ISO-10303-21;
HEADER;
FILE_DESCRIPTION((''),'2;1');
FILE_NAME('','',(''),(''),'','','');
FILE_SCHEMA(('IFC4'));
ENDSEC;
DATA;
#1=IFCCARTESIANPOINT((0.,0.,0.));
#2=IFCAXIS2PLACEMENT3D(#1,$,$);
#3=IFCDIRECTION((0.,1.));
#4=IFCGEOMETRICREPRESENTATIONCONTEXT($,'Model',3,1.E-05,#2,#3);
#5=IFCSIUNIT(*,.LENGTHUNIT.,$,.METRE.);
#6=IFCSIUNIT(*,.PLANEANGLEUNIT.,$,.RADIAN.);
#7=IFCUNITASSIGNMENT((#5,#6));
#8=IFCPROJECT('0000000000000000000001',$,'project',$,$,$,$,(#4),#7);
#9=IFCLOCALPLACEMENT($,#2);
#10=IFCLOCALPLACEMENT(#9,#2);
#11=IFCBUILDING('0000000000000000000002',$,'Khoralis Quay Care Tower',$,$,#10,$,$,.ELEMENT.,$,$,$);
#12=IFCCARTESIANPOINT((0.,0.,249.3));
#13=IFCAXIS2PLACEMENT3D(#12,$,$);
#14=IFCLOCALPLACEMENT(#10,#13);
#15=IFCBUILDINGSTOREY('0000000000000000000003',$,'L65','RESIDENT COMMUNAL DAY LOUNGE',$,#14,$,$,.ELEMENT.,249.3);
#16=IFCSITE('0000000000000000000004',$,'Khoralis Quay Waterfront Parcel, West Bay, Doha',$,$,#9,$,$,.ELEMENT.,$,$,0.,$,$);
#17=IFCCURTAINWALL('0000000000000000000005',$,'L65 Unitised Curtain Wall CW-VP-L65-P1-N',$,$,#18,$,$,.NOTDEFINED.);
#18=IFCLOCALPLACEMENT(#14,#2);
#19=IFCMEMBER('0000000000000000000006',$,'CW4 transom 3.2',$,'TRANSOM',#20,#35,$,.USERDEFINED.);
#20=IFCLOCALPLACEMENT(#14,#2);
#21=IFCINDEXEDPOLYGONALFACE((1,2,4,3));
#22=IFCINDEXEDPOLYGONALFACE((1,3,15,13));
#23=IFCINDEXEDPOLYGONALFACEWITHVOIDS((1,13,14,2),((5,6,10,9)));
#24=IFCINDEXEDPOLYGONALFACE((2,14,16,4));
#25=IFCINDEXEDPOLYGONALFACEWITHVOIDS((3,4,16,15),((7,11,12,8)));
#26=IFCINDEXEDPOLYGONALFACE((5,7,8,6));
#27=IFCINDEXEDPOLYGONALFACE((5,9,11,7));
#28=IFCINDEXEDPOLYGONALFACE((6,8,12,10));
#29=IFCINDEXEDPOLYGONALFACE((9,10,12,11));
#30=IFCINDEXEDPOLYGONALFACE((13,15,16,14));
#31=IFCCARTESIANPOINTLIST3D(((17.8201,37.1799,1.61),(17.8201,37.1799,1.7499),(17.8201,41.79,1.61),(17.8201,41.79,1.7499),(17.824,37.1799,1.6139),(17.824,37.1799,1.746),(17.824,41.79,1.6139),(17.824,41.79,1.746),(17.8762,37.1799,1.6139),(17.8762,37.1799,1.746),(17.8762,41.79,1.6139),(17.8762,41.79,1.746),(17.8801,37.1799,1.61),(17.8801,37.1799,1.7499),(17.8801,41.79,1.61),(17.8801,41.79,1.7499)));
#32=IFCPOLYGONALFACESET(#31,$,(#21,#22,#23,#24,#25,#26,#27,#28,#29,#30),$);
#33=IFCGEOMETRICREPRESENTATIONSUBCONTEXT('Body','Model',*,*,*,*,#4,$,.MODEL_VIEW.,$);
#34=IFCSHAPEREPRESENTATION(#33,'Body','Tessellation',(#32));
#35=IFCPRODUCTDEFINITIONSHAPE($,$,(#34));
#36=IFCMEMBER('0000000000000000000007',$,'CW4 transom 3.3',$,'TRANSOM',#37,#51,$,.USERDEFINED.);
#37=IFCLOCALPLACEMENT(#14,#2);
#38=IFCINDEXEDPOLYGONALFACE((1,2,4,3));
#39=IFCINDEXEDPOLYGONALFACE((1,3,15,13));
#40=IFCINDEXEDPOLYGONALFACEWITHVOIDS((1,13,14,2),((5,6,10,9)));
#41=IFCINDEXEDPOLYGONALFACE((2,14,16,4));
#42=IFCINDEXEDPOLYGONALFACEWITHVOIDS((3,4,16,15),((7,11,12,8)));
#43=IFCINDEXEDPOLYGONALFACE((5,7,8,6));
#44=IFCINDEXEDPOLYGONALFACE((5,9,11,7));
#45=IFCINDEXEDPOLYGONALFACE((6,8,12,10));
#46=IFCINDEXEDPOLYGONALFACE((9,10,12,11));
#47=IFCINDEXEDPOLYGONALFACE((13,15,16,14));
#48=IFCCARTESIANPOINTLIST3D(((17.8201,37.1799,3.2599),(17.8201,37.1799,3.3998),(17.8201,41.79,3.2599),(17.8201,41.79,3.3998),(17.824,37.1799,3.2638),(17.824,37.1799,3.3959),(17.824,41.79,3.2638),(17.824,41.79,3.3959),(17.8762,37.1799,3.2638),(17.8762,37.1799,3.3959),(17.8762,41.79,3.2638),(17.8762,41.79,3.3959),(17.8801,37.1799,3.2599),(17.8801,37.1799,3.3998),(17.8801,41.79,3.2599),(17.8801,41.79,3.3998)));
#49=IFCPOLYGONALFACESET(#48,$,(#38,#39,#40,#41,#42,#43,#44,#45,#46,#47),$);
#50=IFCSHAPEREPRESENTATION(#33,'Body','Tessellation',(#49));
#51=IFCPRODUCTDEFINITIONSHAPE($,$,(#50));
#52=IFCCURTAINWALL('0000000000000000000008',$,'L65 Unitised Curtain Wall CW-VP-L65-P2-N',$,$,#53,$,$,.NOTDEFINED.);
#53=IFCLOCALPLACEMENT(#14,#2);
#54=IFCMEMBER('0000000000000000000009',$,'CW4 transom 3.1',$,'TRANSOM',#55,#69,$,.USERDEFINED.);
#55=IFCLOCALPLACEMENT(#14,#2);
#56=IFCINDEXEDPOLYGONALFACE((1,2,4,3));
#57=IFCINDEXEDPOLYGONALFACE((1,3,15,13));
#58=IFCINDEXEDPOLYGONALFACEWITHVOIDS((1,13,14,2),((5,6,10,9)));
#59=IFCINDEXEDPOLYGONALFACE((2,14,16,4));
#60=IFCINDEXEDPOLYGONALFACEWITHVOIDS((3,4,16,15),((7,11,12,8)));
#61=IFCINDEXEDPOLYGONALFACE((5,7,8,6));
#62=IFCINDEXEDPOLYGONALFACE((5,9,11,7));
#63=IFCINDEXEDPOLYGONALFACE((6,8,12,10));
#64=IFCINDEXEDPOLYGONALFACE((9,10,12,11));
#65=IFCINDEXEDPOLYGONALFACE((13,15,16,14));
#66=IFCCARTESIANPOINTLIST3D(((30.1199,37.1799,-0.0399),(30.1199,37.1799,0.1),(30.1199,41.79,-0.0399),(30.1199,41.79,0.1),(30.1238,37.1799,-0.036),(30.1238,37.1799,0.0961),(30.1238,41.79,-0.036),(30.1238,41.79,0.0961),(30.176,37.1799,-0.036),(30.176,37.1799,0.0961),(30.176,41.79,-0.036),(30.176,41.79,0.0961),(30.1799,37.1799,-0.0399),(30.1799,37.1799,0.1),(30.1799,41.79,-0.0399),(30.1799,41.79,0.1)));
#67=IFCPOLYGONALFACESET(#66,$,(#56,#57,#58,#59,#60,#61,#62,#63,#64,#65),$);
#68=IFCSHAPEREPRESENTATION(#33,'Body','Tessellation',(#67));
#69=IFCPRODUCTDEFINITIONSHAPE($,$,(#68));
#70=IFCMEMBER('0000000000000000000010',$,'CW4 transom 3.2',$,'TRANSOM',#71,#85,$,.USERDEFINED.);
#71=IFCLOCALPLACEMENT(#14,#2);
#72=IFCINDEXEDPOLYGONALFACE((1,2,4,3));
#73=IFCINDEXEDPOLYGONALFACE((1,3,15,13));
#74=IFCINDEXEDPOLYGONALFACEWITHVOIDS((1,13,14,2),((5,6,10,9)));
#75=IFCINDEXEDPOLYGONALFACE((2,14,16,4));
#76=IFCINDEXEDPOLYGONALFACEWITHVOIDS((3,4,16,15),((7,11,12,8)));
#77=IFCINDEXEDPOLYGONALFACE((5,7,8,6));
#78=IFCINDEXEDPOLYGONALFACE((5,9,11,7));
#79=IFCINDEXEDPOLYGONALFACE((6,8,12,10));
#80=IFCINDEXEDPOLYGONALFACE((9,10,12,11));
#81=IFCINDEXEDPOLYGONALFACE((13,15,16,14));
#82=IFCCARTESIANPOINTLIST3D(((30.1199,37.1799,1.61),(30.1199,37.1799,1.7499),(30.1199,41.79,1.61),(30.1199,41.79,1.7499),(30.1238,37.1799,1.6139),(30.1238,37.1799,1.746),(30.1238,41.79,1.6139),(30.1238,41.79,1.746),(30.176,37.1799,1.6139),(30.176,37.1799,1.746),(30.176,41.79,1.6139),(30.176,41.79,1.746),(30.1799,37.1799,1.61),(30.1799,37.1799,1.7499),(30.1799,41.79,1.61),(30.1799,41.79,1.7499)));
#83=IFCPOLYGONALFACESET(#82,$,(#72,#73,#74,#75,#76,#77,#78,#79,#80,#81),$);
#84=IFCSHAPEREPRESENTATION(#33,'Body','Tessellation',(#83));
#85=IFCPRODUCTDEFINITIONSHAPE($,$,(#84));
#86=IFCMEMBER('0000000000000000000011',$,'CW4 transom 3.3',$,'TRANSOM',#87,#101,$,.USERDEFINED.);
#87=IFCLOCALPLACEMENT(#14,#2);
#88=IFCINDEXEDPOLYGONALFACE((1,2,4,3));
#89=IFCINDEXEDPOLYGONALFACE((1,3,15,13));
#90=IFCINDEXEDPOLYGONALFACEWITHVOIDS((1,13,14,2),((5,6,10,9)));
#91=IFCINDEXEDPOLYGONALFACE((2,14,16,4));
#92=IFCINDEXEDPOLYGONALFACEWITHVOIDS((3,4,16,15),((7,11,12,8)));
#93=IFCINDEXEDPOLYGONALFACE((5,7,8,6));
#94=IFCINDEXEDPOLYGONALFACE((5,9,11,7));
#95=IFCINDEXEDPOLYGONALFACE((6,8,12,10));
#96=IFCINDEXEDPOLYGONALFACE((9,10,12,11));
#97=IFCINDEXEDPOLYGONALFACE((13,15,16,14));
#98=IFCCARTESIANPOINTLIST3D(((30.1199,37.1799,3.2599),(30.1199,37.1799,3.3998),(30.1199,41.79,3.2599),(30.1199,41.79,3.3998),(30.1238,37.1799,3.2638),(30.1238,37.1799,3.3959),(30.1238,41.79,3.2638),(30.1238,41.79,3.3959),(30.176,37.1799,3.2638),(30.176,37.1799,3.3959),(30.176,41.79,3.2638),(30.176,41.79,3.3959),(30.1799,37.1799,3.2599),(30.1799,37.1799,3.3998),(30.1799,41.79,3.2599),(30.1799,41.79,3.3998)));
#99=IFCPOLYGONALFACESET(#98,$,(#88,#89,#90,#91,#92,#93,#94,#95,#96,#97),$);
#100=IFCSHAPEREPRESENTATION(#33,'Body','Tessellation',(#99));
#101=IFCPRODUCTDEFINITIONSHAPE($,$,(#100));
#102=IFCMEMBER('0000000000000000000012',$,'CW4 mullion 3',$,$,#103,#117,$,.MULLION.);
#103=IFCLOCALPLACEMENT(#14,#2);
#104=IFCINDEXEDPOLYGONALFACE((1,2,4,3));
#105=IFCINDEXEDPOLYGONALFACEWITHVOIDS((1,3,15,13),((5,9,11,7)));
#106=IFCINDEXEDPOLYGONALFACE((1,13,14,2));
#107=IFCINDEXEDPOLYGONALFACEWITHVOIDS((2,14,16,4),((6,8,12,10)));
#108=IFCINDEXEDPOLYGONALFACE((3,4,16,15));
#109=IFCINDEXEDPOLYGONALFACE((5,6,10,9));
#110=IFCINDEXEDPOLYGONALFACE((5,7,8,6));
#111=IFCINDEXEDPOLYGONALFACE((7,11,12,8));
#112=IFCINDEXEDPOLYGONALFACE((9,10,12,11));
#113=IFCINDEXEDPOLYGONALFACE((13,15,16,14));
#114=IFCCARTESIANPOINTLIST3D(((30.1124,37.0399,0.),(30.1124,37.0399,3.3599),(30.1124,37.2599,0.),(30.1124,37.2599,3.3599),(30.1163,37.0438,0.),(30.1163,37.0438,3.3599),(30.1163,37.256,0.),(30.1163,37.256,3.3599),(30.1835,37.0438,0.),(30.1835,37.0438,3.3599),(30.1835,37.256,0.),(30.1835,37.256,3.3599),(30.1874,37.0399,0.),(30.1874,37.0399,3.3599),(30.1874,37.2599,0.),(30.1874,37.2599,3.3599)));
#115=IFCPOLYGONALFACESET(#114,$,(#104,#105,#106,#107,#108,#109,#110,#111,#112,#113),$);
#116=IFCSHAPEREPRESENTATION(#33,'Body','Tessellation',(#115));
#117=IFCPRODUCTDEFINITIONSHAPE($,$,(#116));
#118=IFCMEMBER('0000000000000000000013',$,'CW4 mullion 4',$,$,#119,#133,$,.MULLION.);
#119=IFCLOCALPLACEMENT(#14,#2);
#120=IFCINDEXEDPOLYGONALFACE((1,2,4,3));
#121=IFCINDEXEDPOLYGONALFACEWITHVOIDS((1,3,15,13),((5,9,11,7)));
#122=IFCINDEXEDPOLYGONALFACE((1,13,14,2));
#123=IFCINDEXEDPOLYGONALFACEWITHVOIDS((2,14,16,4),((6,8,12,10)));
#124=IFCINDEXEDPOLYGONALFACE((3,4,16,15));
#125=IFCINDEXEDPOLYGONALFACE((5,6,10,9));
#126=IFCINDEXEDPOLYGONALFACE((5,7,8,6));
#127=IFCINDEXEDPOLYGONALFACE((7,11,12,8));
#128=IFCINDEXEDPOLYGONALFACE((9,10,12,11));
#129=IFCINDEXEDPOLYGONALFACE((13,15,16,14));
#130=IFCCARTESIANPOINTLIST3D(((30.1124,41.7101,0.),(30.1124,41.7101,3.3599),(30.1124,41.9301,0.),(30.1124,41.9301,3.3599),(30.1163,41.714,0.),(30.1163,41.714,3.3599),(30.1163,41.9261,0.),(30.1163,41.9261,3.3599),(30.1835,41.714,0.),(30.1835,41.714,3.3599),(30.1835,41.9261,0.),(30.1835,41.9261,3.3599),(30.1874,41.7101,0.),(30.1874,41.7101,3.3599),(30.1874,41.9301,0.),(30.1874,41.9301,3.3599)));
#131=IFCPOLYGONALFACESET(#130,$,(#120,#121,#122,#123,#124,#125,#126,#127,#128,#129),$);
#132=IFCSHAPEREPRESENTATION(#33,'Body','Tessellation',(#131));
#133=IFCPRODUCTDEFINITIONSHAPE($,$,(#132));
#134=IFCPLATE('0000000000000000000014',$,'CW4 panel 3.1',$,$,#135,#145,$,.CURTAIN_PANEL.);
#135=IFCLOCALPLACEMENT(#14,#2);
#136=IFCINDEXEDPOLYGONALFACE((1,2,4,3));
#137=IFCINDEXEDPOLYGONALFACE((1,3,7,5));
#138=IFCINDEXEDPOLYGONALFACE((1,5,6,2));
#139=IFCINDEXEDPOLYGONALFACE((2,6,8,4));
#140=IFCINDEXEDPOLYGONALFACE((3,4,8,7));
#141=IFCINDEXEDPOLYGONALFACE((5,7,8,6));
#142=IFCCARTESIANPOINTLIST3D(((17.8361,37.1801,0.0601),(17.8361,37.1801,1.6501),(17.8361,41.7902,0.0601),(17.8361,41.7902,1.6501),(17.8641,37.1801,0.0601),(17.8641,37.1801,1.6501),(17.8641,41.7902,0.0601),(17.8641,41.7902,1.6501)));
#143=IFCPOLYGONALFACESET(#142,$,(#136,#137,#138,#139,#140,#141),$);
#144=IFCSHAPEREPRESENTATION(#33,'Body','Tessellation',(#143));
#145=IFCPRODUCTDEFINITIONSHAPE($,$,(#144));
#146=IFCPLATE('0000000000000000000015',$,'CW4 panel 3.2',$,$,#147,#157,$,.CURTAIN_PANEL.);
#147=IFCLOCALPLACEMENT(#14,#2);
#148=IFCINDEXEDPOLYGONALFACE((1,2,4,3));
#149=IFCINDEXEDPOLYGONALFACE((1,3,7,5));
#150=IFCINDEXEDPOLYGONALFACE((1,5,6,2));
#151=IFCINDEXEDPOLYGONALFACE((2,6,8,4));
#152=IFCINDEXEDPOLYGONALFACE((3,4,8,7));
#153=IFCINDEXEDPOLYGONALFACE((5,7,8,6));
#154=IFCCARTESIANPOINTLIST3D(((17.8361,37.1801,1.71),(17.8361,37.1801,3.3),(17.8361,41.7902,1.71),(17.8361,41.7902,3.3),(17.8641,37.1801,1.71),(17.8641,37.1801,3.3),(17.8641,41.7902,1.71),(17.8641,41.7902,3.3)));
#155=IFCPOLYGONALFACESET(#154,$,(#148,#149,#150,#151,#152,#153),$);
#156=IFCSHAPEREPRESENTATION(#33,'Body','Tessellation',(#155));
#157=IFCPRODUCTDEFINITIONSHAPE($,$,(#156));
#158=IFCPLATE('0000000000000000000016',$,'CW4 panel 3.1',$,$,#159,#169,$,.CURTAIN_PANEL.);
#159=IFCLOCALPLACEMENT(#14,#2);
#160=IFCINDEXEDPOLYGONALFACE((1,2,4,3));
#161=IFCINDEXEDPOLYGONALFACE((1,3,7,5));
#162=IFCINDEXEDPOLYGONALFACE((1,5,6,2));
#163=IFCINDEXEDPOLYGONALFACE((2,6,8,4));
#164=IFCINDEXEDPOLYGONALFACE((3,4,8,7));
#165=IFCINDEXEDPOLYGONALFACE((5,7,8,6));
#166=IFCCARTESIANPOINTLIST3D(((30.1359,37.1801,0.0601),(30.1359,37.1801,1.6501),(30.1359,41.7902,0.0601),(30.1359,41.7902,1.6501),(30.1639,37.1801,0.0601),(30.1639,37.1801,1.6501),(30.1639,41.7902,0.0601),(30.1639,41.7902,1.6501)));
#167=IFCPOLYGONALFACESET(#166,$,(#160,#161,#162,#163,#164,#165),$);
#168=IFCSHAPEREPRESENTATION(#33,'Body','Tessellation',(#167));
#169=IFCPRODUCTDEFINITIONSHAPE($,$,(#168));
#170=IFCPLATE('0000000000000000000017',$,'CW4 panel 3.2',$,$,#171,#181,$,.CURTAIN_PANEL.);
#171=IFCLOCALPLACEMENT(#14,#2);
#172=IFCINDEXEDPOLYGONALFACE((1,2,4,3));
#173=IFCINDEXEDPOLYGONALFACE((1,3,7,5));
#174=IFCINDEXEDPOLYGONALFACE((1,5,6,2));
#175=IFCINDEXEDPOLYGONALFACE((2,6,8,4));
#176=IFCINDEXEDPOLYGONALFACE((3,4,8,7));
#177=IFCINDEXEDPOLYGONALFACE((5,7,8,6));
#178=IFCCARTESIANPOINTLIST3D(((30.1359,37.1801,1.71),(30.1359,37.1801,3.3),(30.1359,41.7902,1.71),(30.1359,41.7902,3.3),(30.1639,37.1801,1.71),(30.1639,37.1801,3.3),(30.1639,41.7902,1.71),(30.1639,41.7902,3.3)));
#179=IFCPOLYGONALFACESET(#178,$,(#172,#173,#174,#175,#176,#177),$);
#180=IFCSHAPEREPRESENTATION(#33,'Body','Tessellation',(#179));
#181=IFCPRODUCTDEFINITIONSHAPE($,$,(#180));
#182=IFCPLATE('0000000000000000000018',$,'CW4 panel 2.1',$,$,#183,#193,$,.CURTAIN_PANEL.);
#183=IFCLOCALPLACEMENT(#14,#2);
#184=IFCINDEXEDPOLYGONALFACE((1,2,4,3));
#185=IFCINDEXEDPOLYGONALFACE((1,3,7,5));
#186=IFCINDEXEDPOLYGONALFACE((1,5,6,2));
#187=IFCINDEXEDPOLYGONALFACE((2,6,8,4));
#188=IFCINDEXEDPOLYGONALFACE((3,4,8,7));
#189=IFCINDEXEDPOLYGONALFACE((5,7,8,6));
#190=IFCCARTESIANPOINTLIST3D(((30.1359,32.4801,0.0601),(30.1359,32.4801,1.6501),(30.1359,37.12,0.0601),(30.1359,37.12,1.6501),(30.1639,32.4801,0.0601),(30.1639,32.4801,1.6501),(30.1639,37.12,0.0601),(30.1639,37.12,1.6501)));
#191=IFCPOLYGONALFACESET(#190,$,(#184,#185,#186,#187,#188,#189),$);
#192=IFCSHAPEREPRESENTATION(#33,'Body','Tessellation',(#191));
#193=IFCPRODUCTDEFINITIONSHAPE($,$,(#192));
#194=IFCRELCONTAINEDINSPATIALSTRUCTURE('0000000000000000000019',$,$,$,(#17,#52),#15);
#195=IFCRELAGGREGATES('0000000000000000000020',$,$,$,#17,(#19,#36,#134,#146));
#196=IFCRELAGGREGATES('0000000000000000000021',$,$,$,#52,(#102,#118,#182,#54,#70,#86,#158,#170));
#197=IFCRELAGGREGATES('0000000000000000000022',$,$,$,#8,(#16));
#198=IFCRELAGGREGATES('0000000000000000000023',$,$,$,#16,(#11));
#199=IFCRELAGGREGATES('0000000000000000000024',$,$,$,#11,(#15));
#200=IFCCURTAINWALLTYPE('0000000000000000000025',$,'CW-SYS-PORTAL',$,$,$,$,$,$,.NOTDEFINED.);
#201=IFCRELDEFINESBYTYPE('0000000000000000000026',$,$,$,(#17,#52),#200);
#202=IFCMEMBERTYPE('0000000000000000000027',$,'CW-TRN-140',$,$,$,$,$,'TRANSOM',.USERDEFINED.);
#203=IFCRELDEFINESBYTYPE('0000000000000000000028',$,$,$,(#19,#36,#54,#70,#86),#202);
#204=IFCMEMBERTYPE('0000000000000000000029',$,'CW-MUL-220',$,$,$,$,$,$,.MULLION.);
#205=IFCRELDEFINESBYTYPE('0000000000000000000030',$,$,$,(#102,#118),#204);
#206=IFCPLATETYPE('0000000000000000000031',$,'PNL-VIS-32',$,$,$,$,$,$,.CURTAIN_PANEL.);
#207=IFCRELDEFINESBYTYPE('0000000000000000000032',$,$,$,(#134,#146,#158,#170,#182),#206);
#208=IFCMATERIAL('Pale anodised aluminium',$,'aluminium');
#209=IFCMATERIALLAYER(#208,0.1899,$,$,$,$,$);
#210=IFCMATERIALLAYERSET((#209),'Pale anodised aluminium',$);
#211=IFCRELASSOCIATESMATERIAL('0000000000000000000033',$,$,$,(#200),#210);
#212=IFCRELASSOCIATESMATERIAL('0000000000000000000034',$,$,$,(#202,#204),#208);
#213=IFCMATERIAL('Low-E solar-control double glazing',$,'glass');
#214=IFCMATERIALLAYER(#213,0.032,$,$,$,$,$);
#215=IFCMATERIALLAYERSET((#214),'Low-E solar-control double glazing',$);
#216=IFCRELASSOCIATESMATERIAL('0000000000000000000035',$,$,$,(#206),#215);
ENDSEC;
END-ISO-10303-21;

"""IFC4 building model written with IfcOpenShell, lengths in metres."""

from ifc_helpers import new_model, si_unit, direction, frame, origin, origin_2d, place, context, subcontext, project, spatial, rectangle, hollow_rectangle, extrude, source, transform, mapped, material, layer, layer_set, material_profile, profile_set, type_object, element, aggregate, save


model = new_model("IFC4")

# Units and contexts
model_context = context("Model", 3, precision=1e-05, world=origin(), true_north=direction((0.0, 1.0)))
body_context = subcontext(model_context, "Body", "Model", "MODEL_VIEW")
ifc_project = project(units=[si_unit("LENGTHUNIT", "METRE"), si_unit("PLANEANGLEUNIT", "RADIAN")], contexts=[model_context])

# Site, building, storey
site_placement = place(None, origin())
site = spatial("IfcSite", under=ifc_project, at=site_placement, Name="Khoralis Quay Waterfront Parcel, West Bay, Doha", CompositionType="ELEMENT", RefElevation=0.0)
building_placement = place(site_placement, origin())
building = spatial("IfcBuilding", under=site, at=building_placement, Name="Khoralis Quay Care Tower", CompositionType="ELEMENT")
storey_placement = place(building_placement, frame((0.0, 0.0, 249.3)))
storey = spatial("IfcBuildingStorey", under=building, at=storey_placement, Name="L65", Description="RESIDENT COMMUNAL DAY LOUNGE", CompositionType="ELEMENT", Elevation=249.3)

# Curtain walls, members
ifc_material_1 = material(Name="Pale anodised aluminium", Category="aluminium")
ifc_layer_1 = layer(ifc_material_1, 0.1899)
ifc_layer_set_1 = layer_set([ifc_layer_1], Name="Pale anodised aluminium")
curtain_wall_type = type_object("IfcCurtainWallType", Name="CW-SYS-PORTAL", PredefinedType="NOTDEFINED", material=ifc_layer_set_1)
curtain_wall_1_placement = place(storey_placement, origin())
curtain_wall_1 = element("IfcCurtainWall", 1, at=curtain_wall_1_placement, inside=storey, type_object=curtain_wall_type, Name="L65 Unitised Curtain Wall CW-VP-L65-P1-N", PredefinedType="NOTDEFINED")
ifc_material_profile_1 = material_profile(ifc_material_1, hollow_rectangle(XDim=0.0601, YDim=0.1399, WallThickness=0.0039, at=origin_2d()), Name="Pale anodised aluminium")
ifc_profile_set_1 = profile_set([ifc_material_profile_1], Name="Pale anodised aluminium")
member_type_1 = type_object("IfcMemberType", Name="CW-TRN-140", ElementType="TRANSOM", PredefinedType="USERDEFINED", material=ifc_profile_set_1)
shared_shape_1 = source(origin(), body_context, "Body", "SweptSolid", [
    extrude(hollow_rectangle(XDim=0.0601, YDim=0.1399, WallThickness=0.0039, at=origin_2d()), origin(), (0.0, 0.0, 1.0), 4.6101),
])
member_1_placement = place(storey_placement, frame((17.8501, 37.1799, 1.6799), z_axis=(0.0, 1.0, 0.0), x_axis=(-1.0, 0.0, 0.0)))
member_1 = element("IfcMember", 2, at=member_1_placement, type_object=member_type_1, Name="CW4 transom 3.2", ObjectType="TRANSOM", PredefinedType="USERDEFINED", context=body_context, shape_type="MappedRepresentation", body=[
    mapped(shared_shape_1, transform((0.0, 0.0, 0.0), scale=1.0)),
])
member_2_placement = place(storey_placement, frame((17.8501, 37.1799, 3.3298), z_axis=(0.0, 1.0, 0.0), x_axis=(-1.0, 0.0, 0.0)))
member_2 = element("IfcMember", 3, at=member_2_placement, type_object=member_type_1, Name="CW4 transom 3.3", ObjectType="TRANSOM", PredefinedType="USERDEFINED", context=body_context, shape_type="MappedRepresentation", body=[
    mapped(shared_shape_1, transform((0.0, 0.0, 0.0), scale=1.0)),
])
curtain_wall_2_placement = place(storey_placement, origin())
curtain_wall_2 = element("IfcCurtainWall", 4, at=curtain_wall_2_placement, inside=storey, type_object=curtain_wall_type, Name="L65 Unitised Curtain Wall CW-VP-L65-P2-N", PredefinedType="NOTDEFINED")
member_3_placement = place(storey_placement, frame((30.1499, 37.1799, 0.03), z_axis=(0.0, 1.0, 0.0), x_axis=(-1.0, 0.0, 0.0)))
member_3 = element("IfcMember", 5, at=member_3_placement, type_object=member_type_1, Name="CW4 transom 3.1", ObjectType="TRANSOM", PredefinedType="USERDEFINED", context=body_context, shape_type="MappedRepresentation", body=[
    mapped(shared_shape_1, transform((0.0, 0.0, 0.0), scale=1.0)),
])
member_4_placement = place(storey_placement, frame((30.1499, 37.1799, 1.6799), z_axis=(0.0, 1.0, 0.0), x_axis=(-1.0, 0.0, 0.0)))
member_4 = element("IfcMember", 6, at=member_4_placement, type_object=member_type_1, Name="CW4 transom 3.2", ObjectType="TRANSOM", PredefinedType="USERDEFINED", context=body_context, shape_type="MappedRepresentation", body=[
    mapped(shared_shape_1, transform((0.0, 0.0, 0.0), scale=1.0)),
])
member_5_placement = place(storey_placement, frame((30.1499, 37.1799, 3.3298), z_axis=(0.0, 1.0, 0.0), x_axis=(-1.0, 0.0, 0.0)))
member_5 = element("IfcMember", 7, at=member_5_placement, type_object=member_type_1, Name="CW4 transom 3.3", ObjectType="TRANSOM", PredefinedType="USERDEFINED", context=body_context, shape_type="MappedRepresentation", body=[
    mapped(shared_shape_1, transform((0.0, 0.0, 0.0), scale=1.0)),
])
ifc_material_profile_2 = material_profile(ifc_material_1, hollow_rectangle(XDim=0.075, YDim=0.22, WallThickness=0.0039, at=origin_2d()), Name="Pale anodised aluminium")
ifc_profile_set_2 = profile_set([ifc_material_profile_2], Name="Pale anodised aluminium")
member_type_2 = type_object("IfcMemberType", Name="CW-MUL-220", PredefinedType="MULLION", material=ifc_profile_set_2)
shared_shape_2 = source(origin(), body_context, "Body", "SweptSolid", [
    extrude(hollow_rectangle(XDim=0.075, YDim=0.22, WallThickness=0.0039, at=origin_2d()), origin(), (0.0, 0.0, 1.0), 3.3599),
])
member_6_placement = place(storey_placement, frame((30.1499, 37.1499, 0.0), z_axis=(0.0, 0.0, 1.0), x_axis=(-1.0, 0.0, 0.0)))
member_6 = element("IfcMember", 8, at=member_6_placement, type_object=member_type_2, Name="CW4 mullion 3", PredefinedType="MULLION", context=body_context, shape_type="MappedRepresentation", body=[
    mapped(shared_shape_2, transform((0.0, 0.0, 0.0), scale=1.0)),
])
member_7_placement = place(storey_placement, frame((30.1499, 41.8201, 0.0), z_axis=(0.0, 0.0, 1.0), x_axis=(-1.0, 0.0, 0.0)))
member_7 = element("IfcMember", 9, at=member_7_placement, type_object=member_type_2, Name="CW4 mullion 4", PredefinedType="MULLION", context=body_context, shape_type="MappedRepresentation", body=[
    mapped(shared_shape_2, transform((0.0, 0.0, 0.0), scale=1.0)),
])

# Plates
ifc_material_2 = material(Name="Low-E solar-control double glazing", Category="glass")
ifc_layer_2 = layer(ifc_material_2, 0.032)
ifc_layer_set_2 = layer_set([ifc_layer_2], Name="Low-E solar-control double glazing")
plate_type = type_object("IfcPlateType", Name="PNL-VIS-32", PredefinedType="CURTAIN_PANEL", material=ifc_layer_set_2)
shared_shape_3 = source(origin(), body_context, "Body", "SweptSolid", [
    extrude(rectangle(XDim=4.6101, YDim=0.0281, at=origin_2d()), origin(), (0.0, 0.0, 1.0), 1.5901),
])
plate_1_placement = place(storey_placement, frame((17.8501, 39.4851, 0.0601), z_axis=(0.0, 0.0, 1.0), x_axis=(0.0, 1.0, 0.0)))
plate_1 = element("IfcPlate", 10, at=plate_1_placement, type_object=plate_type, Name="CW4 panel 3.1", PredefinedType="CURTAIN_PANEL", context=body_context, shape_type="MappedRepresentation", body=[
    mapped(shared_shape_3, transform((0.0, 0.0, 0.0), scale=1.0)),
])
plate_2_placement = place(storey_placement, frame((17.8501, 39.4851, 1.71), z_axis=(0.0, 0.0, 1.0), x_axis=(0.0, 1.0, 0.0)))
plate_2 = element("IfcPlate", 11, at=plate_2_placement, type_object=plate_type, Name="CW4 panel 3.2", PredefinedType="CURTAIN_PANEL", context=body_context, shape_type="MappedRepresentation", body=[
    mapped(shared_shape_3, transform((0.0, 0.0, 0.0), scale=1.0)),
])
aggregate(curtain_wall_1, [member_1, member_2, plate_1, plate_2])
plate_3_placement = place(storey_placement, frame((30.1499, 39.4851, 0.0601), z_axis=(0.0, 0.0, 1.0), x_axis=(0.0, 1.0, 0.0)))
plate_3 = element("IfcPlate", 12, at=plate_3_placement, type_object=plate_type, Name="CW4 panel 3.1", PredefinedType="CURTAIN_PANEL", context=body_context, shape_type="MappedRepresentation", body=[
    mapped(shared_shape_3, transform((0.0, 0.0, 0.0), scale=1.0)),
])
plate_4_placement = place(storey_placement, frame((30.1499, 39.4851, 1.71), z_axis=(0.0, 0.0, 1.0), x_axis=(0.0, 1.0, 0.0)))
plate_4 = element("IfcPlate", 13, at=plate_4_placement, type_object=plate_type, Name="CW4 panel 3.2", PredefinedType="CURTAIN_PANEL", context=body_context, shape_type="MappedRepresentation", body=[
    mapped(shared_shape_3, transform((0.0, 0.0, 0.0), scale=1.0)),
])
shared_shape_4 = source(origin(), body_context, "Body", "SweptSolid", [
    extrude(rectangle(XDim=4.6399, YDim=0.0281, at=origin_2d()), origin(), (0.0, 0.0, 1.0), 1.5901),
])
plate_5_placement = place(storey_placement, frame((30.1499, 34.8, 0.0601), z_axis=(0.0, 0.0, 1.0), x_axis=(0.0, 1.0, 0.0)))
plate_5 = element("IfcPlate", 14, at=plate_5_placement, type_object=plate_type, Name="CW4 panel 2.1", PredefinedType="CURTAIN_PANEL", context=body_context, shape_type="MappedRepresentation", body=[
    mapped(shared_shape_4, transform((0.0, 0.0, 0.0), scale=1.0)),
])
aggregate(curtain_wall_2, [member_6, member_7, plate_5, member_3, member_4, member_5, plate_3, plate_4])

save(model, "model.ifc")
